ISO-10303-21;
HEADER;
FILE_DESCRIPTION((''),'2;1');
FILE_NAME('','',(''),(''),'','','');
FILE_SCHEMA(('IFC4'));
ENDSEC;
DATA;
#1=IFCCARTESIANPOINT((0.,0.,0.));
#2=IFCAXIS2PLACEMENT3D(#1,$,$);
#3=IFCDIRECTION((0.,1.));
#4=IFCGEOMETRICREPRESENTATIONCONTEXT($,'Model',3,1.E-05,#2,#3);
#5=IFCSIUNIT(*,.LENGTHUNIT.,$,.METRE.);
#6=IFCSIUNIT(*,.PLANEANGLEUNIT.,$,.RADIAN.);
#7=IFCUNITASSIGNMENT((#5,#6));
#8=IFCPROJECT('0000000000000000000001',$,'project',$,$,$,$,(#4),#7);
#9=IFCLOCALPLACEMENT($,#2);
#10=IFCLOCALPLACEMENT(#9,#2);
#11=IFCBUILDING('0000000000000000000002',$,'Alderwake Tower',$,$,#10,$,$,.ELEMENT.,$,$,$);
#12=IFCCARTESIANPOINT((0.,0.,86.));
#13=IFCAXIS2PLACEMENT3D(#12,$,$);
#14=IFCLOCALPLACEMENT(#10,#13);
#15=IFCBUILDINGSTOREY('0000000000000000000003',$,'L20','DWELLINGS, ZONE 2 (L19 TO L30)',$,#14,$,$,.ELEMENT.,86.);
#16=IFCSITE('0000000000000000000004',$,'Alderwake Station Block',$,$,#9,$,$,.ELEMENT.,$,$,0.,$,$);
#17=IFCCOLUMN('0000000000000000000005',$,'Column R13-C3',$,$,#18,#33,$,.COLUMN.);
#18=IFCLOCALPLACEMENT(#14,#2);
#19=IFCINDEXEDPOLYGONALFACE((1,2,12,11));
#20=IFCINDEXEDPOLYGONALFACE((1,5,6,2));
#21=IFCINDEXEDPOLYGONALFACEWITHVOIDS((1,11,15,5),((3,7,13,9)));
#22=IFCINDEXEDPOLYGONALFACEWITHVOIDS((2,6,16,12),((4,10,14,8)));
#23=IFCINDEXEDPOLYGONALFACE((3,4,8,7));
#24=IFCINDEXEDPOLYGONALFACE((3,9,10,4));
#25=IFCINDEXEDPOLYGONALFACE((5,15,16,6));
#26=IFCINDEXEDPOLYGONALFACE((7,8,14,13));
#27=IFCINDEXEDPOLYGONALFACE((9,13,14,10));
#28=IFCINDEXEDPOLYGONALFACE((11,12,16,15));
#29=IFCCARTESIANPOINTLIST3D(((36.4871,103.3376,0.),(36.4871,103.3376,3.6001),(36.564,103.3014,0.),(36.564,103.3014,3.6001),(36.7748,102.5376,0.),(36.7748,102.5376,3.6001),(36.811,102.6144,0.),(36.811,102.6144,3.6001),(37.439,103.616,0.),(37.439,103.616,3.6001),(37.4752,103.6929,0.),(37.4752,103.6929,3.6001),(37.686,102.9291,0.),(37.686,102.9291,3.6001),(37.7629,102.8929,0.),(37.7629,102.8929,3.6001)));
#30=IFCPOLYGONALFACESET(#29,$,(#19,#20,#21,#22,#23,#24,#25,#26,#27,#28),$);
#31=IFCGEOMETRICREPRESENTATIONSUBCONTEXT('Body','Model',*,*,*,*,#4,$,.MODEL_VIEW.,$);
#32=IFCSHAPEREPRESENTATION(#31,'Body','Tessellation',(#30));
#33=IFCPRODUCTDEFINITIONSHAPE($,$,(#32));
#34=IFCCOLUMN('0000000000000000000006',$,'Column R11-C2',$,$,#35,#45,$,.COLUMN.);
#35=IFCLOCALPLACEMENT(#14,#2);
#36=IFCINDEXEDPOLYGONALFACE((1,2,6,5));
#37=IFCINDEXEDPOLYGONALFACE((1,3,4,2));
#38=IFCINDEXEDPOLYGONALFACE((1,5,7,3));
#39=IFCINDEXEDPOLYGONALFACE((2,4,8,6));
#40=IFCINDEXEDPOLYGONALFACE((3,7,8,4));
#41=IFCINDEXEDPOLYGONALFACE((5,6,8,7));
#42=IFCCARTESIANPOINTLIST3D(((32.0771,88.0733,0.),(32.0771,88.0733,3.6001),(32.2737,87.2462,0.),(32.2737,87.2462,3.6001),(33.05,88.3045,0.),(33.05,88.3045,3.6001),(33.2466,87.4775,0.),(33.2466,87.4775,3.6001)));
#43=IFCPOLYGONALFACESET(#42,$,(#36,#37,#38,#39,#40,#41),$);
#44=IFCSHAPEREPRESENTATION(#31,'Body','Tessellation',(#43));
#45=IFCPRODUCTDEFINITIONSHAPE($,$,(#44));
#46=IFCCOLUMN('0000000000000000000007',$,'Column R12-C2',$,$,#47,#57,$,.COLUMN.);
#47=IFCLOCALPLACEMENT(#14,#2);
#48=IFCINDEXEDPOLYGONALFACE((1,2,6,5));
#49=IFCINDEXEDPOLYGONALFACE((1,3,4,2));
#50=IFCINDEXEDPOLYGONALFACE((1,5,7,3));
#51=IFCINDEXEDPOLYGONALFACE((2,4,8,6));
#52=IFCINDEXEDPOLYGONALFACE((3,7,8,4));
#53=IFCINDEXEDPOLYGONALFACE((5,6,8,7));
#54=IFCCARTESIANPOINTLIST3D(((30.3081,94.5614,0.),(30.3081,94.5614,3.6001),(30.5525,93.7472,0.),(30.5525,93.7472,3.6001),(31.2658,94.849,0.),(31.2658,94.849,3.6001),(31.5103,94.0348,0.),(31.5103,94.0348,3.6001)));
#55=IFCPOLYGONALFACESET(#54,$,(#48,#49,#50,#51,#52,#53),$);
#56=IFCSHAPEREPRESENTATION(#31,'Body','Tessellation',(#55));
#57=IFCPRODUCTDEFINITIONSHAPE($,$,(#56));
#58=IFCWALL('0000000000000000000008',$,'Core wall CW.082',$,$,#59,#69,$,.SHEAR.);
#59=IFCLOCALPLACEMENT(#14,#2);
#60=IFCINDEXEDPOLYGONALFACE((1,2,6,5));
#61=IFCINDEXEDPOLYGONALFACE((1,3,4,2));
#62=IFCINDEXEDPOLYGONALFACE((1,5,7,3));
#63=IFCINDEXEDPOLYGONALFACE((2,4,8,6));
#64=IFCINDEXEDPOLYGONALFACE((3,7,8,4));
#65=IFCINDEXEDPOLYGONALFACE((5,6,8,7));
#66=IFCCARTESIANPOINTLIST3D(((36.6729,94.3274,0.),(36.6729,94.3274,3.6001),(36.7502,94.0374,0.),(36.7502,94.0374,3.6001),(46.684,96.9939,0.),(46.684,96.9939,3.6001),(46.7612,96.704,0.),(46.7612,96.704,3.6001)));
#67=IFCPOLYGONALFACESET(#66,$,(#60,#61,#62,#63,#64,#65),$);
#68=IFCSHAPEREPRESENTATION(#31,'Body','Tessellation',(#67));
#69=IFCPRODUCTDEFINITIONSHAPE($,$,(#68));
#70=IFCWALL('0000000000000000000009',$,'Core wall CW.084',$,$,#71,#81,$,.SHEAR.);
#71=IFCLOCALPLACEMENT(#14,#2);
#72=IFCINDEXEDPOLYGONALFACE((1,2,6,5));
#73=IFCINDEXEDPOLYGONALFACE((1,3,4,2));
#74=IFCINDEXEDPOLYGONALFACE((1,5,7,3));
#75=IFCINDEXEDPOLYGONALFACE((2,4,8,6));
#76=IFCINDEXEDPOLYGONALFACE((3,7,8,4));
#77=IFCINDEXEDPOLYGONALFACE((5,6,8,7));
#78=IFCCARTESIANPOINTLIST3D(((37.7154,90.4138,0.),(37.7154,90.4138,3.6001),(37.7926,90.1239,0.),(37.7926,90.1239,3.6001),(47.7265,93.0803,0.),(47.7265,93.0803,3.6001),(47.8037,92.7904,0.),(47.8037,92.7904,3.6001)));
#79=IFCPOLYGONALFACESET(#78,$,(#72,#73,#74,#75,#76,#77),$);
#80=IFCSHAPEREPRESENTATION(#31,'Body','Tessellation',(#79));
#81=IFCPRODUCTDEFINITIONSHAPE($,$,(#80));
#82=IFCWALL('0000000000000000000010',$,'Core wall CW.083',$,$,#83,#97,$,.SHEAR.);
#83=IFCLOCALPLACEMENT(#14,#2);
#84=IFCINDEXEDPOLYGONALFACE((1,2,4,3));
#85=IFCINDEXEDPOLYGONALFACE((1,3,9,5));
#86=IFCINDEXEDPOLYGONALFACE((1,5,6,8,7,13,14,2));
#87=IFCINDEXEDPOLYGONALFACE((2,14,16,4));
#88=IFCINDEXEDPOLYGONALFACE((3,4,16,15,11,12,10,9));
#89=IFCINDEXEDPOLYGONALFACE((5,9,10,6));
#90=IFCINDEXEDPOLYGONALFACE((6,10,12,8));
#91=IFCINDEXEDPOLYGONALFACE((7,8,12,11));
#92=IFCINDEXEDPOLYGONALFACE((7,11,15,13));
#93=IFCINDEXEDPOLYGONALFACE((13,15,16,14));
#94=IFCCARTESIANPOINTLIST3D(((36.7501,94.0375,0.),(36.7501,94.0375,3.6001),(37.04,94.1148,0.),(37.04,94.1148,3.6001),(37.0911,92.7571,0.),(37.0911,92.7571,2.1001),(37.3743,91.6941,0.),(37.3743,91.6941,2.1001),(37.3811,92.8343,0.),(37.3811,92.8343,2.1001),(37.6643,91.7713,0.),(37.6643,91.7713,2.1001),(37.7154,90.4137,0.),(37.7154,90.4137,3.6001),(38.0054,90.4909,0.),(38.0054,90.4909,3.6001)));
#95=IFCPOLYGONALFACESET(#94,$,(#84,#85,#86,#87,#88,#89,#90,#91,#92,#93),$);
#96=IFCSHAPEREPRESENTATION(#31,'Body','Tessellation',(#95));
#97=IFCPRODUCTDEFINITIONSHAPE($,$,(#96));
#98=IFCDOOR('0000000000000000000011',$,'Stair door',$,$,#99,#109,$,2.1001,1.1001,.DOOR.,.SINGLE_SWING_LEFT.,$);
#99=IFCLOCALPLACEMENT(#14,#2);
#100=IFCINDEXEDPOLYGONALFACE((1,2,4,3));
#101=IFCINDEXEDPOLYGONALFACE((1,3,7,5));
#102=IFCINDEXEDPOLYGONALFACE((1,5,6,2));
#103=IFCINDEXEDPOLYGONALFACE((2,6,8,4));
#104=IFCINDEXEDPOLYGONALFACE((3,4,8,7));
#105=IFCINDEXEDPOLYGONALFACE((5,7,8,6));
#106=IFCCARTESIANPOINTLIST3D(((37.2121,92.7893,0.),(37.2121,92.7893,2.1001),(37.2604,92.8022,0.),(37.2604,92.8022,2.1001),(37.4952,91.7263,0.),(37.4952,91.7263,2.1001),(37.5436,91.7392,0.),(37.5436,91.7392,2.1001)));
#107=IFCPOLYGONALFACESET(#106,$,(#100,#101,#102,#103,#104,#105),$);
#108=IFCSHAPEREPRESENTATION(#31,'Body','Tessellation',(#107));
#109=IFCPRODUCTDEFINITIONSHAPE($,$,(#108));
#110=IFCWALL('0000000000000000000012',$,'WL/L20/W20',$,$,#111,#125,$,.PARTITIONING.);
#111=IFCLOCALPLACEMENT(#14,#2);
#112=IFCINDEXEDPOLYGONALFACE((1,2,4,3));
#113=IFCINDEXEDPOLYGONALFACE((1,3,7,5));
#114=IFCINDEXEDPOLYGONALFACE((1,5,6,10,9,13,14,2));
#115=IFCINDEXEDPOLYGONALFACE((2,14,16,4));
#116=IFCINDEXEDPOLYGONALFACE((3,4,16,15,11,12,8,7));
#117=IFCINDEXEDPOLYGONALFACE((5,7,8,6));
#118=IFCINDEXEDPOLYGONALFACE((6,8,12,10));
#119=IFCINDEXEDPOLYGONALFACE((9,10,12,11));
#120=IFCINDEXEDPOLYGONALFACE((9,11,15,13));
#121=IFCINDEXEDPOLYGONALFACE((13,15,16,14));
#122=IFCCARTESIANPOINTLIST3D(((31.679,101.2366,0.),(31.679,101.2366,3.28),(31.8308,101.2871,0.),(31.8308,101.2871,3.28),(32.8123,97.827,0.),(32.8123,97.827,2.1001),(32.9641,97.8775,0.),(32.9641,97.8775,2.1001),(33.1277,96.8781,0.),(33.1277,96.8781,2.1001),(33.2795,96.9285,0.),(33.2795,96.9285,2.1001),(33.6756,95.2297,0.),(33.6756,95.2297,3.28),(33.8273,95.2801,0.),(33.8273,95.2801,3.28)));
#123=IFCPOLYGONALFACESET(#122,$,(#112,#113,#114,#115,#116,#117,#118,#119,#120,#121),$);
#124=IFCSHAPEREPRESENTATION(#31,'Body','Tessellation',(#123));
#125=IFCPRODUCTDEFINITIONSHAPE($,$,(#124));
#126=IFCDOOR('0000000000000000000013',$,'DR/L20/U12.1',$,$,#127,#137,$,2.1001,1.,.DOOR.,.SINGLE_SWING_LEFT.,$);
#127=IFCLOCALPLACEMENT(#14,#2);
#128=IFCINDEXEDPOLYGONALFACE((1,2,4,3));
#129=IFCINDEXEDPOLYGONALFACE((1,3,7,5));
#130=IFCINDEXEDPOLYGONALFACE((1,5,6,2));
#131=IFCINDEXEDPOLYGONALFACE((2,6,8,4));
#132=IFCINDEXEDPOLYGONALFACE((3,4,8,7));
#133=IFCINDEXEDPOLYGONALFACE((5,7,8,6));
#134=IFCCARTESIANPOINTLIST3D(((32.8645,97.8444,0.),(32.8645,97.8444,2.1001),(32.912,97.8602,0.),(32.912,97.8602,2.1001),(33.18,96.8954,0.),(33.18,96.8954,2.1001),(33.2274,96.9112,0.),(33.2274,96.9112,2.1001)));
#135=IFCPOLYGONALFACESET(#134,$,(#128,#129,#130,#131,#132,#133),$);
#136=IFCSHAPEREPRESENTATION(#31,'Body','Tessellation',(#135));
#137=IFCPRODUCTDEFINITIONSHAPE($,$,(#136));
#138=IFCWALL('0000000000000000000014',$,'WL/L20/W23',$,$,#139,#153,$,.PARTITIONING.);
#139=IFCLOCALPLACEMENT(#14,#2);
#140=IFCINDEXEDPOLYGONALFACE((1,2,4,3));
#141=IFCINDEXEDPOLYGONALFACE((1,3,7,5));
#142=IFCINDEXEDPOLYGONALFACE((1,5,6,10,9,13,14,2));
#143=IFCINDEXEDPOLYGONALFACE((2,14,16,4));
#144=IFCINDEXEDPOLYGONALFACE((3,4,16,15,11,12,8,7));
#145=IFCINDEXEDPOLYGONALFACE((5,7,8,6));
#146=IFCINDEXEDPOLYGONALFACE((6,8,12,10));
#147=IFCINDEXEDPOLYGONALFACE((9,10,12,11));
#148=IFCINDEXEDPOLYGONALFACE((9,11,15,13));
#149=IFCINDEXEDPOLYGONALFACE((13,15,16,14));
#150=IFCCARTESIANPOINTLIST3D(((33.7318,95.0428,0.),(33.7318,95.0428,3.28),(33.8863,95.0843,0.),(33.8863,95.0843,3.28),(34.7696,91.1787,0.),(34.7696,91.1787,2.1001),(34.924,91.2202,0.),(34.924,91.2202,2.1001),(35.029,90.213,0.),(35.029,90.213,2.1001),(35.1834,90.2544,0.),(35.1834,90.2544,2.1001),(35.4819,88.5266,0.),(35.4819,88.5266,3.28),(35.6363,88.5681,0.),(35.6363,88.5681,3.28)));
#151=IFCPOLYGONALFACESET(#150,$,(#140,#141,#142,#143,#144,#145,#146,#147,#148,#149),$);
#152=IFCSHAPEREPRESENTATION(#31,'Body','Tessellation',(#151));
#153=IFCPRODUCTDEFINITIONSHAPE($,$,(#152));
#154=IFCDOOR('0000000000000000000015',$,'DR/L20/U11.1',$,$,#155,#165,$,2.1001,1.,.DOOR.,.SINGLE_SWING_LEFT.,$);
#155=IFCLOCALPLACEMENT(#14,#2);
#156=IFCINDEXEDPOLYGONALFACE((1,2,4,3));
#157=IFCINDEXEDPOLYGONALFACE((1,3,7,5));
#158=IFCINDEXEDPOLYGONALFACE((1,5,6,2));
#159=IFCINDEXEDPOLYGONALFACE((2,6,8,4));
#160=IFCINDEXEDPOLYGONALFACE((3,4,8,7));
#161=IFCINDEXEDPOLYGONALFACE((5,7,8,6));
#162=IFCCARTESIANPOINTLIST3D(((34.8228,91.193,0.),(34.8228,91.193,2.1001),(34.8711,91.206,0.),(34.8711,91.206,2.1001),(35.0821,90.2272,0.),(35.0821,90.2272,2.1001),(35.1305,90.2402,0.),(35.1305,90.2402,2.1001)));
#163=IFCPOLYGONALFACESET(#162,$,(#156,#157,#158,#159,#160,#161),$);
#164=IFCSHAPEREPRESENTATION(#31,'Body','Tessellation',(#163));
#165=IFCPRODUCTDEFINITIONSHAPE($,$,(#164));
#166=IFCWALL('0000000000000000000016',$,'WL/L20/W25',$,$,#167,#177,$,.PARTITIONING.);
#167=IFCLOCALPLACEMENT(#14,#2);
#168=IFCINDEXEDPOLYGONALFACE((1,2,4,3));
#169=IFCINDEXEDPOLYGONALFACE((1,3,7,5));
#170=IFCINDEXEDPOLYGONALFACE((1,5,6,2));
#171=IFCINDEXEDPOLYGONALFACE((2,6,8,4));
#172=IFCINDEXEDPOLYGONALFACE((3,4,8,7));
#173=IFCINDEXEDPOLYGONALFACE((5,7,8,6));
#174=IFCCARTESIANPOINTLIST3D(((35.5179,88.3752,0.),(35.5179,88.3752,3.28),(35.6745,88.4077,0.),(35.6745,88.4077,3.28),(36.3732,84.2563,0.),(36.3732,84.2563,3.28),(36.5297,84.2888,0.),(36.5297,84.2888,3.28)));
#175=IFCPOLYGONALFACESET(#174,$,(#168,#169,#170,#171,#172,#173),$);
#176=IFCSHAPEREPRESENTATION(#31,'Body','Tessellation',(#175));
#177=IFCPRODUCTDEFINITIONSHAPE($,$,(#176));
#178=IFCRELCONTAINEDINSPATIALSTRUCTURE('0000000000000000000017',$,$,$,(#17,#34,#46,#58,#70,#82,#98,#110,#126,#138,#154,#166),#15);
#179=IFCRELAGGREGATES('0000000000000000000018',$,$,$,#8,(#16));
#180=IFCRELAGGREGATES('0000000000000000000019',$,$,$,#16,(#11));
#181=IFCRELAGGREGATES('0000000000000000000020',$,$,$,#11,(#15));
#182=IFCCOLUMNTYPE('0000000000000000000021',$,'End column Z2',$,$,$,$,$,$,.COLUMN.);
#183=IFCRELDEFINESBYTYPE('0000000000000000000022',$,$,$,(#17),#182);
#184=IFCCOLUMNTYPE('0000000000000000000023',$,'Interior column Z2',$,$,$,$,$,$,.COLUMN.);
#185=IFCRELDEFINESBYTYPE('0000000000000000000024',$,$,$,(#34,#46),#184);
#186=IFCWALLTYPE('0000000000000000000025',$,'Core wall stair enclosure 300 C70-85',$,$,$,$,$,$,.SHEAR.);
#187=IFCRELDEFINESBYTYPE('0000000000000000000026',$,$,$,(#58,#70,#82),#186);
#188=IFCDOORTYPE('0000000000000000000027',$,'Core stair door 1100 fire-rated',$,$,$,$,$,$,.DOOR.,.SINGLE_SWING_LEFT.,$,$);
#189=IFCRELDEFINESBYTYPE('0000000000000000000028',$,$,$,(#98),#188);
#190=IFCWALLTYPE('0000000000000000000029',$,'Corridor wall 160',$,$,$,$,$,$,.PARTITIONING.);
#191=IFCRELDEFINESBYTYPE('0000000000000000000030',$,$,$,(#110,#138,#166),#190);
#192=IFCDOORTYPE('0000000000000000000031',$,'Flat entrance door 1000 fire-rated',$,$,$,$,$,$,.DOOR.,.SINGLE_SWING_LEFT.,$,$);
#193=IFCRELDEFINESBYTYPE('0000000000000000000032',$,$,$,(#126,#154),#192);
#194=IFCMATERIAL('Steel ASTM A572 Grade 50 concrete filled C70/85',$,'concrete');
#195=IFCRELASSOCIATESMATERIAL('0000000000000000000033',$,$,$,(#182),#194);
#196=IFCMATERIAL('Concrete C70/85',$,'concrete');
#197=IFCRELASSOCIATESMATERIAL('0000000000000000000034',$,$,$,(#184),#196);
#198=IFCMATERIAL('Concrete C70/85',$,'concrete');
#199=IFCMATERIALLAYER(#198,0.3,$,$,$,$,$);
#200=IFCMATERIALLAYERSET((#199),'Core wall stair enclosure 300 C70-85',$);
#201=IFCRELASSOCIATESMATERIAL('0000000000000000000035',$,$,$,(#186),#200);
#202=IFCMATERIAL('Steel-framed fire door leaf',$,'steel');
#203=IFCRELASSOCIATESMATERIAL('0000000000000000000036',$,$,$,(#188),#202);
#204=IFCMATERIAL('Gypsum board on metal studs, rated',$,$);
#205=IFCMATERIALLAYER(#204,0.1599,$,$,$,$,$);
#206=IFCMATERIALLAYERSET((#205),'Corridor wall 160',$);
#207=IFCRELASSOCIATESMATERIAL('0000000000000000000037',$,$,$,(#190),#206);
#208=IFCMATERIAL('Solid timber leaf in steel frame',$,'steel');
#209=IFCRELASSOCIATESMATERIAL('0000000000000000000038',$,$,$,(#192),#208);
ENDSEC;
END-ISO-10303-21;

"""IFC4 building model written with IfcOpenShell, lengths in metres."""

from ifc_helpers import new_model, si_unit, direction, frame, frame_2d, origin, origin_2d, place, context, subcontext, project, spatial, rectangle, hollow_rectangle, extrude, material, layer, layer_set, material_profile, profile_set, type_object, element, fill, save


model = new_model("IFC4")

# Units and contexts
model_context = context("Model", 3, precision=1e-05, world=origin(), true_north=direction((0.0, 1.0)))
body_context = subcontext(model_context, "Body", "Model", "MODEL_VIEW")
ifc_project = project(units=[si_unit("LENGTHUNIT", "METRE"), si_unit("PLANEANGLEUNIT", "RADIAN")], contexts=[model_context])

# Site, building, storey
site_placement = place(None, origin())
site = spatial("IfcSite", under=ifc_project, at=site_placement, Name="Alderwake Station Block", CompositionType="ELEMENT", RefElevation=0.0)
building_placement = place(site_placement, origin())
building = spatial("IfcBuilding", under=site, at=building_placement, Name="Alderwake Tower", CompositionType="ELEMENT")
storey_placement = place(building_placement, frame((0.0, 0.0, 86.0)))
storey = spatial("IfcBuildingStorey", under=building, at=storey_placement, Name="L20", Description="DWELLINGS, ZONE 2 (L19 TO L30)", CompositionType="ELEMENT", Elevation=86.0)

# Columns
ifc_material_1 = material(Name="Steel ASTM A572 Grade 50 concrete filled C70/85", Category="concrete")
ifc_material_profile_1 = material_profile(ifc_material_1, hollow_rectangle(XDim=0.8501, YDim=1.05, WallThickness=0.0601, at=origin_2d()), Name="BOX 1050X850X60")
ifc_profile_set_1 = profile_set([ifc_material_profile_1], Name="Steel ASTM A572 Grade 50 concrete filled C70/85")
column_type_1 = type_object("IfcColumnType", Name="End column Z2", PredefinedType="COLUMN", material=ifc_profile_set_1)
column_placement = place(storey_placement, frame((37.125, 103.1152, 0.0), z_axis=(0.0, 0.0, 1.0), x_axis=(-0.338365, 0.941015, 0.0)))
element("IfcColumn", 1, at=column_placement, inside=storey, type_object=column_type_1, Name="Column R13-C3", PredefinedType="COLUMN", context=body_context, shape_type="SweptSolid", body=[
    extrude(hollow_rectangle(XDim=0.8501, YDim=1.05, WallThickness=0.0601, at=origin_2d()), origin(), (0.0, 0.0, 1.0), 3.6001),
])
ifc_material_2 = material(Name="Concrete C70/85", Category="concrete")
ifc_material_profile_2 = material_profile(ifc_material_2, rectangle(XDim=0.8501, YDim=1.0, at=origin_2d()), Name="RC 1000X850")
ifc_profile_set_2 = profile_set([ifc_material_profile_2], Name="Concrete C70/85")
column_type_2 = type_object("IfcColumnType", Name="Interior column Z2", PredefinedType="COLUMN", material=ifc_profile_set_2)
for number, where, z_axis, x_axis, name in (
    (2, (32.6619, 87.7754, 0.0), (0.0, 0.0, 1.0), (-0.231222, 0.972901, 0.0), "Column R11-C2"),
    (3, (30.9092, 94.2981, 0.0), (0.0, 0.0, 1.0), (-0.287549, 0.957766, 0.0), "Column R12-C2"),
):
    element("IfcColumn", number, at=place(storey_placement, frame(where, z_axis=z_axis, x_axis=x_axis)), inside=storey, type_object=column_type_2, Name=name, PredefinedType="COLUMN", context=body_context, shape_type="SweptSolid", body=[
        extrude(rectangle(XDim=0.8501, YDim=1.0, at=origin_2d()), origin(), (0.0, 0.0, 1.0), 3.6001),
    ])

# Walls
ifc_material_3 = material(Name="Concrete C70/85", Category="concrete")
ifc_layer_1 = layer(ifc_material_3, 0.3)
ifc_layer_set_1 = layer_set([ifc_layer_1], Name="Core wall stair enclosure 300 C70-85")
wall_type_1 = type_object("IfcWallType", Name="Core wall stair enclosure 300 C70-85", PredefinedType="SHEAR", material=ifc_layer_set_1)
for number, where, z_axis, x_axis, name in (
    (4, (36.7114, 94.1824, 0.0), (0.0, 0.0, 1.0), (0.966309, 0.257384, 0.0), "Core wall CW.082"),
    (5, (37.7539, 90.2688, 0.0), (0.0, 0.0, 1.0), (0.966309, 0.257384, 0.0), "Core wall CW.084"),
):
    element("IfcWall", number, at=place(storey_placement, frame(where, z_axis=z_axis, x_axis=x_axis)), inside=storey, type_object=wall_type_1, Name=name, PredefinedType="SHEAR", context=body_context, shape_type="SweptSolid", body=[
        extrude(rectangle(XDim=10.3601, YDim=0.3, at=frame_2d((5.1802, 0.0))), origin(), (0.0, 0.0, 1.0), 3.6001),
    ])

# Walls, openings, doors
wall_1_placement = place(storey_placement, frame((37.8604, 90.4524, 0.0), z_axis=(0.0, 0.0, 1.0), x_axis=(-0.257411, 0.966302, 0.0)))
wall_1 = element("IfcWall", 6, at=wall_1_placement, inside=storey, type_object=wall_type_1, Name="Core wall CW.083", PredefinedType="SHEAR", context=body_context, shape_type="SweptSolid", body=[
    extrude(rectangle(XDim=3.7502, YDim=0.3, at=frame_2d((1.875, 0.0))), origin(), (0.0, 0.0, 1.0), 3.6001),
])
opening_1_placement = place(wall_1_placement, frame((1.325, 0.0, 0.0)))
opening_1 = element("IfcOpeningElement", 7, at=opening_1_placement, cuts=wall_1, PredefinedType="OPENING", context=body_context, shape_type="SweptSolid", body=[
    extrude(rectangle(XDim=1.1001, YDim=2.1001, at=frame_2d((0.55, 1.05))), frame((0.0, 0.1599, 0.0), z_axis=(0.0, -1.0, 0.0), x_axis=(1.0, 0.0, 0.0)), (0.0, 0.0, 1.0), 0.3201),
])
ifc_material_4 = material(Name="Steel-framed fire door leaf", Category="steel")
door_type_1 = type_object("IfcDoorType", Name="Core stair door 1100 fire-rated", OperationType="SINGLE_SWING_LEFT", PredefinedType="DOOR", material=ifc_material_4)
door_1_placement = place(opening_1_placement, origin())
door_1 = element("IfcDoor", 8, at=door_1_placement, inside=storey, type_object=door_type_1, Name="Stair door", OperationType="SINGLE_SWING_LEFT", OverallHeight=2.1001, OverallWidth=1.1001, PredefinedType="DOOR", context=body_context, shape_type="SweptSolid", body=[
    extrude(rectangle(XDim=1.1001, YDim=2.1001, at=frame_2d((0.55, 1.05))), frame((0.0, 0.0249, 0.0), z_axis=(0.0, -1.0, 0.0), x_axis=(1.0, 0.0, 0.0)), (0.0, 0.0, 1.0), 0.05),
])
fill(opening_1, door_1)
ifc_material_5 = material(Name="Gypsum board on metal studs, rated")
ifc_layer_2 = layer(ifc_material_5, 0.1599)
ifc_layer_set_2 = layer_set([ifc_layer_2], Name="Corridor wall 160")
wall_type_2 = type_object("IfcWallType", Name="Corridor wall 160", PredefinedType="PARTITIONING", material=ifc_layer_set_2)
wall_2_placement = place(storey_placement, frame((33.7515, 95.2549, 0.0), z_axis=(0.0, 0.0, 1.0), x_axis=(-0.315406, 0.948957, 0.0)))
wall_2 = element("IfcWall", 9, at=wall_2_placement, inside=storey, type_object=wall_type_2, Name="WL/L20/W20", PredefinedType="PARTITIONING", context=body_context, shape_type="SweptSolid", body=[
    extrude(rectangle(XDim=6.3301, YDim=0.1599, at=frame_2d((3.165, 0.0))), origin(), (0.0, 0.0, 1.0), 3.28),
])
opening_2_placement = place(wall_2_placement, frame((1.7371, 0.0, 0.0)))
opening_2 = element("IfcOpeningElement", 10, at=opening_2_placement, cuts=wall_2, PredefinedType="OPENING", context=body_context, shape_type="SweptSolid", body=[
    extrude(rectangle(XDim=1.0, YDim=2.1001, at=frame_2d((0.5, 1.05))), frame((0.0, 0.0898, 0.0), z_axis=(0.0, -1.0, 0.0), x_axis=(1.0, 0.0, 0.0)), (0.0, 0.0, 1.0), 0.1799),
])
ifc_material_6 = material(Name="Solid timber leaf in steel frame", Category="steel")
door_type_2 = type_object("IfcDoorType", Name="Flat entrance door 1000 fire-rated", OperationType="SINGLE_SWING_LEFT", PredefinedType="DOOR", material=ifc_material_6)
door_2_placement = place(opening_2_placement, origin())
door_2 = element("IfcDoor", 11, at=door_2_placement, inside=storey, type_object=door_type_2, Name="DR/L20/U12.1", OperationType="SINGLE_SWING_LEFT", OverallHeight=2.1001, OverallWidth=1.0, PredefinedType="DOOR", context=body_context, shape_type="SweptSolid", body=[
    extrude(rectangle(XDim=1.0, YDim=2.1001, at=frame_2d((0.5, 1.05))), frame((0.0, 0.0249, 0.0), z_axis=(0.0, -1.0, 0.0), x_axis=(1.0, 0.0, 0.0)), (0.0, 0.0, 1.0), 0.05),
])
fill(opening_2, door_2)
wall_3_placement = place(storey_placement, frame((35.5591, 88.5474, 0.0), z_axis=(0.0, 0.0, 1.0), x_axis=(-0.259374, 0.965777, 0.0)))
wall_3 = element("IfcWall", 12, at=wall_3_placement, inside=storey, type_object=wall_type_2, Name="WL/L20/W23", PredefinedType="PARTITIONING", context=body_context, shape_type="SweptSolid", body=[
    extrude(rectangle(XDim=6.7471, YDim=0.1599, at=frame_2d((3.3735, 0.0))), origin(), (0.0, 0.0, 1.0), 3.28),
])
opening_3_placement = place(wall_3_placement, frame((1.7461, 0.0, 0.0)))
opening_3 = element("IfcOpeningElement", 13, at=opening_3_placement, cuts=wall_3, PredefinedType="OPENING", context=body_context, shape_type="SweptSolid", body=[
    extrude(rectangle(XDim=1.0, YDim=2.1001, at=frame_2d((0.5, 1.05))), frame((0.0, 0.0898, 0.0), z_axis=(0.0, -1.0, 0.0), x_axis=(1.0, 0.0, 0.0)), (0.0, 0.0, 1.0), 0.1799),
])
door_3_placement = place(opening_3_placement, origin())
door_3 = element("IfcDoor", 14, at=door_3_placement, inside=storey, type_object=door_type_2, Name="DR/L20/U11.1", OperationType="SINGLE_SWING_LEFT", OverallHeight=2.1001, OverallWidth=1.0, PredefinedType="DOOR", context=body_context, shape_type="SweptSolid", body=[
    extrude(rectangle(XDim=1.0, YDim=2.1001, at=frame_2d((0.5, 1.05))), frame((0.0, 0.0249, 0.0), z_axis=(0.0, -1.0, 0.0), x_axis=(1.0, 0.0, 0.0)), (0.0, 0.0, 1.0), 0.05),
])
fill(opening_3, door_3)

# Wall
wall_4_placement = place(storey_placement, frame((35.5962, 88.3916, 0.0), z_axis=(0.0, 0.0, 1.0), x_axis=(0.203298, -0.979117, 0.0)))
element("IfcWall", 15, at=wall_4_placement, inside=storey, type_object=wall_type_2, Name="WL/L20/W25", PredefinedType="PARTITIONING", context=body_context, shape_type="SweptSolid", body=[
    extrude(rectangle(XDim=4.2068, YDim=0.1599, at=frame_2d((2.1035, 0.0))), origin(), (0.0, 0.0, 1.0), 3.28),
])

save(model, "model.ifc")
